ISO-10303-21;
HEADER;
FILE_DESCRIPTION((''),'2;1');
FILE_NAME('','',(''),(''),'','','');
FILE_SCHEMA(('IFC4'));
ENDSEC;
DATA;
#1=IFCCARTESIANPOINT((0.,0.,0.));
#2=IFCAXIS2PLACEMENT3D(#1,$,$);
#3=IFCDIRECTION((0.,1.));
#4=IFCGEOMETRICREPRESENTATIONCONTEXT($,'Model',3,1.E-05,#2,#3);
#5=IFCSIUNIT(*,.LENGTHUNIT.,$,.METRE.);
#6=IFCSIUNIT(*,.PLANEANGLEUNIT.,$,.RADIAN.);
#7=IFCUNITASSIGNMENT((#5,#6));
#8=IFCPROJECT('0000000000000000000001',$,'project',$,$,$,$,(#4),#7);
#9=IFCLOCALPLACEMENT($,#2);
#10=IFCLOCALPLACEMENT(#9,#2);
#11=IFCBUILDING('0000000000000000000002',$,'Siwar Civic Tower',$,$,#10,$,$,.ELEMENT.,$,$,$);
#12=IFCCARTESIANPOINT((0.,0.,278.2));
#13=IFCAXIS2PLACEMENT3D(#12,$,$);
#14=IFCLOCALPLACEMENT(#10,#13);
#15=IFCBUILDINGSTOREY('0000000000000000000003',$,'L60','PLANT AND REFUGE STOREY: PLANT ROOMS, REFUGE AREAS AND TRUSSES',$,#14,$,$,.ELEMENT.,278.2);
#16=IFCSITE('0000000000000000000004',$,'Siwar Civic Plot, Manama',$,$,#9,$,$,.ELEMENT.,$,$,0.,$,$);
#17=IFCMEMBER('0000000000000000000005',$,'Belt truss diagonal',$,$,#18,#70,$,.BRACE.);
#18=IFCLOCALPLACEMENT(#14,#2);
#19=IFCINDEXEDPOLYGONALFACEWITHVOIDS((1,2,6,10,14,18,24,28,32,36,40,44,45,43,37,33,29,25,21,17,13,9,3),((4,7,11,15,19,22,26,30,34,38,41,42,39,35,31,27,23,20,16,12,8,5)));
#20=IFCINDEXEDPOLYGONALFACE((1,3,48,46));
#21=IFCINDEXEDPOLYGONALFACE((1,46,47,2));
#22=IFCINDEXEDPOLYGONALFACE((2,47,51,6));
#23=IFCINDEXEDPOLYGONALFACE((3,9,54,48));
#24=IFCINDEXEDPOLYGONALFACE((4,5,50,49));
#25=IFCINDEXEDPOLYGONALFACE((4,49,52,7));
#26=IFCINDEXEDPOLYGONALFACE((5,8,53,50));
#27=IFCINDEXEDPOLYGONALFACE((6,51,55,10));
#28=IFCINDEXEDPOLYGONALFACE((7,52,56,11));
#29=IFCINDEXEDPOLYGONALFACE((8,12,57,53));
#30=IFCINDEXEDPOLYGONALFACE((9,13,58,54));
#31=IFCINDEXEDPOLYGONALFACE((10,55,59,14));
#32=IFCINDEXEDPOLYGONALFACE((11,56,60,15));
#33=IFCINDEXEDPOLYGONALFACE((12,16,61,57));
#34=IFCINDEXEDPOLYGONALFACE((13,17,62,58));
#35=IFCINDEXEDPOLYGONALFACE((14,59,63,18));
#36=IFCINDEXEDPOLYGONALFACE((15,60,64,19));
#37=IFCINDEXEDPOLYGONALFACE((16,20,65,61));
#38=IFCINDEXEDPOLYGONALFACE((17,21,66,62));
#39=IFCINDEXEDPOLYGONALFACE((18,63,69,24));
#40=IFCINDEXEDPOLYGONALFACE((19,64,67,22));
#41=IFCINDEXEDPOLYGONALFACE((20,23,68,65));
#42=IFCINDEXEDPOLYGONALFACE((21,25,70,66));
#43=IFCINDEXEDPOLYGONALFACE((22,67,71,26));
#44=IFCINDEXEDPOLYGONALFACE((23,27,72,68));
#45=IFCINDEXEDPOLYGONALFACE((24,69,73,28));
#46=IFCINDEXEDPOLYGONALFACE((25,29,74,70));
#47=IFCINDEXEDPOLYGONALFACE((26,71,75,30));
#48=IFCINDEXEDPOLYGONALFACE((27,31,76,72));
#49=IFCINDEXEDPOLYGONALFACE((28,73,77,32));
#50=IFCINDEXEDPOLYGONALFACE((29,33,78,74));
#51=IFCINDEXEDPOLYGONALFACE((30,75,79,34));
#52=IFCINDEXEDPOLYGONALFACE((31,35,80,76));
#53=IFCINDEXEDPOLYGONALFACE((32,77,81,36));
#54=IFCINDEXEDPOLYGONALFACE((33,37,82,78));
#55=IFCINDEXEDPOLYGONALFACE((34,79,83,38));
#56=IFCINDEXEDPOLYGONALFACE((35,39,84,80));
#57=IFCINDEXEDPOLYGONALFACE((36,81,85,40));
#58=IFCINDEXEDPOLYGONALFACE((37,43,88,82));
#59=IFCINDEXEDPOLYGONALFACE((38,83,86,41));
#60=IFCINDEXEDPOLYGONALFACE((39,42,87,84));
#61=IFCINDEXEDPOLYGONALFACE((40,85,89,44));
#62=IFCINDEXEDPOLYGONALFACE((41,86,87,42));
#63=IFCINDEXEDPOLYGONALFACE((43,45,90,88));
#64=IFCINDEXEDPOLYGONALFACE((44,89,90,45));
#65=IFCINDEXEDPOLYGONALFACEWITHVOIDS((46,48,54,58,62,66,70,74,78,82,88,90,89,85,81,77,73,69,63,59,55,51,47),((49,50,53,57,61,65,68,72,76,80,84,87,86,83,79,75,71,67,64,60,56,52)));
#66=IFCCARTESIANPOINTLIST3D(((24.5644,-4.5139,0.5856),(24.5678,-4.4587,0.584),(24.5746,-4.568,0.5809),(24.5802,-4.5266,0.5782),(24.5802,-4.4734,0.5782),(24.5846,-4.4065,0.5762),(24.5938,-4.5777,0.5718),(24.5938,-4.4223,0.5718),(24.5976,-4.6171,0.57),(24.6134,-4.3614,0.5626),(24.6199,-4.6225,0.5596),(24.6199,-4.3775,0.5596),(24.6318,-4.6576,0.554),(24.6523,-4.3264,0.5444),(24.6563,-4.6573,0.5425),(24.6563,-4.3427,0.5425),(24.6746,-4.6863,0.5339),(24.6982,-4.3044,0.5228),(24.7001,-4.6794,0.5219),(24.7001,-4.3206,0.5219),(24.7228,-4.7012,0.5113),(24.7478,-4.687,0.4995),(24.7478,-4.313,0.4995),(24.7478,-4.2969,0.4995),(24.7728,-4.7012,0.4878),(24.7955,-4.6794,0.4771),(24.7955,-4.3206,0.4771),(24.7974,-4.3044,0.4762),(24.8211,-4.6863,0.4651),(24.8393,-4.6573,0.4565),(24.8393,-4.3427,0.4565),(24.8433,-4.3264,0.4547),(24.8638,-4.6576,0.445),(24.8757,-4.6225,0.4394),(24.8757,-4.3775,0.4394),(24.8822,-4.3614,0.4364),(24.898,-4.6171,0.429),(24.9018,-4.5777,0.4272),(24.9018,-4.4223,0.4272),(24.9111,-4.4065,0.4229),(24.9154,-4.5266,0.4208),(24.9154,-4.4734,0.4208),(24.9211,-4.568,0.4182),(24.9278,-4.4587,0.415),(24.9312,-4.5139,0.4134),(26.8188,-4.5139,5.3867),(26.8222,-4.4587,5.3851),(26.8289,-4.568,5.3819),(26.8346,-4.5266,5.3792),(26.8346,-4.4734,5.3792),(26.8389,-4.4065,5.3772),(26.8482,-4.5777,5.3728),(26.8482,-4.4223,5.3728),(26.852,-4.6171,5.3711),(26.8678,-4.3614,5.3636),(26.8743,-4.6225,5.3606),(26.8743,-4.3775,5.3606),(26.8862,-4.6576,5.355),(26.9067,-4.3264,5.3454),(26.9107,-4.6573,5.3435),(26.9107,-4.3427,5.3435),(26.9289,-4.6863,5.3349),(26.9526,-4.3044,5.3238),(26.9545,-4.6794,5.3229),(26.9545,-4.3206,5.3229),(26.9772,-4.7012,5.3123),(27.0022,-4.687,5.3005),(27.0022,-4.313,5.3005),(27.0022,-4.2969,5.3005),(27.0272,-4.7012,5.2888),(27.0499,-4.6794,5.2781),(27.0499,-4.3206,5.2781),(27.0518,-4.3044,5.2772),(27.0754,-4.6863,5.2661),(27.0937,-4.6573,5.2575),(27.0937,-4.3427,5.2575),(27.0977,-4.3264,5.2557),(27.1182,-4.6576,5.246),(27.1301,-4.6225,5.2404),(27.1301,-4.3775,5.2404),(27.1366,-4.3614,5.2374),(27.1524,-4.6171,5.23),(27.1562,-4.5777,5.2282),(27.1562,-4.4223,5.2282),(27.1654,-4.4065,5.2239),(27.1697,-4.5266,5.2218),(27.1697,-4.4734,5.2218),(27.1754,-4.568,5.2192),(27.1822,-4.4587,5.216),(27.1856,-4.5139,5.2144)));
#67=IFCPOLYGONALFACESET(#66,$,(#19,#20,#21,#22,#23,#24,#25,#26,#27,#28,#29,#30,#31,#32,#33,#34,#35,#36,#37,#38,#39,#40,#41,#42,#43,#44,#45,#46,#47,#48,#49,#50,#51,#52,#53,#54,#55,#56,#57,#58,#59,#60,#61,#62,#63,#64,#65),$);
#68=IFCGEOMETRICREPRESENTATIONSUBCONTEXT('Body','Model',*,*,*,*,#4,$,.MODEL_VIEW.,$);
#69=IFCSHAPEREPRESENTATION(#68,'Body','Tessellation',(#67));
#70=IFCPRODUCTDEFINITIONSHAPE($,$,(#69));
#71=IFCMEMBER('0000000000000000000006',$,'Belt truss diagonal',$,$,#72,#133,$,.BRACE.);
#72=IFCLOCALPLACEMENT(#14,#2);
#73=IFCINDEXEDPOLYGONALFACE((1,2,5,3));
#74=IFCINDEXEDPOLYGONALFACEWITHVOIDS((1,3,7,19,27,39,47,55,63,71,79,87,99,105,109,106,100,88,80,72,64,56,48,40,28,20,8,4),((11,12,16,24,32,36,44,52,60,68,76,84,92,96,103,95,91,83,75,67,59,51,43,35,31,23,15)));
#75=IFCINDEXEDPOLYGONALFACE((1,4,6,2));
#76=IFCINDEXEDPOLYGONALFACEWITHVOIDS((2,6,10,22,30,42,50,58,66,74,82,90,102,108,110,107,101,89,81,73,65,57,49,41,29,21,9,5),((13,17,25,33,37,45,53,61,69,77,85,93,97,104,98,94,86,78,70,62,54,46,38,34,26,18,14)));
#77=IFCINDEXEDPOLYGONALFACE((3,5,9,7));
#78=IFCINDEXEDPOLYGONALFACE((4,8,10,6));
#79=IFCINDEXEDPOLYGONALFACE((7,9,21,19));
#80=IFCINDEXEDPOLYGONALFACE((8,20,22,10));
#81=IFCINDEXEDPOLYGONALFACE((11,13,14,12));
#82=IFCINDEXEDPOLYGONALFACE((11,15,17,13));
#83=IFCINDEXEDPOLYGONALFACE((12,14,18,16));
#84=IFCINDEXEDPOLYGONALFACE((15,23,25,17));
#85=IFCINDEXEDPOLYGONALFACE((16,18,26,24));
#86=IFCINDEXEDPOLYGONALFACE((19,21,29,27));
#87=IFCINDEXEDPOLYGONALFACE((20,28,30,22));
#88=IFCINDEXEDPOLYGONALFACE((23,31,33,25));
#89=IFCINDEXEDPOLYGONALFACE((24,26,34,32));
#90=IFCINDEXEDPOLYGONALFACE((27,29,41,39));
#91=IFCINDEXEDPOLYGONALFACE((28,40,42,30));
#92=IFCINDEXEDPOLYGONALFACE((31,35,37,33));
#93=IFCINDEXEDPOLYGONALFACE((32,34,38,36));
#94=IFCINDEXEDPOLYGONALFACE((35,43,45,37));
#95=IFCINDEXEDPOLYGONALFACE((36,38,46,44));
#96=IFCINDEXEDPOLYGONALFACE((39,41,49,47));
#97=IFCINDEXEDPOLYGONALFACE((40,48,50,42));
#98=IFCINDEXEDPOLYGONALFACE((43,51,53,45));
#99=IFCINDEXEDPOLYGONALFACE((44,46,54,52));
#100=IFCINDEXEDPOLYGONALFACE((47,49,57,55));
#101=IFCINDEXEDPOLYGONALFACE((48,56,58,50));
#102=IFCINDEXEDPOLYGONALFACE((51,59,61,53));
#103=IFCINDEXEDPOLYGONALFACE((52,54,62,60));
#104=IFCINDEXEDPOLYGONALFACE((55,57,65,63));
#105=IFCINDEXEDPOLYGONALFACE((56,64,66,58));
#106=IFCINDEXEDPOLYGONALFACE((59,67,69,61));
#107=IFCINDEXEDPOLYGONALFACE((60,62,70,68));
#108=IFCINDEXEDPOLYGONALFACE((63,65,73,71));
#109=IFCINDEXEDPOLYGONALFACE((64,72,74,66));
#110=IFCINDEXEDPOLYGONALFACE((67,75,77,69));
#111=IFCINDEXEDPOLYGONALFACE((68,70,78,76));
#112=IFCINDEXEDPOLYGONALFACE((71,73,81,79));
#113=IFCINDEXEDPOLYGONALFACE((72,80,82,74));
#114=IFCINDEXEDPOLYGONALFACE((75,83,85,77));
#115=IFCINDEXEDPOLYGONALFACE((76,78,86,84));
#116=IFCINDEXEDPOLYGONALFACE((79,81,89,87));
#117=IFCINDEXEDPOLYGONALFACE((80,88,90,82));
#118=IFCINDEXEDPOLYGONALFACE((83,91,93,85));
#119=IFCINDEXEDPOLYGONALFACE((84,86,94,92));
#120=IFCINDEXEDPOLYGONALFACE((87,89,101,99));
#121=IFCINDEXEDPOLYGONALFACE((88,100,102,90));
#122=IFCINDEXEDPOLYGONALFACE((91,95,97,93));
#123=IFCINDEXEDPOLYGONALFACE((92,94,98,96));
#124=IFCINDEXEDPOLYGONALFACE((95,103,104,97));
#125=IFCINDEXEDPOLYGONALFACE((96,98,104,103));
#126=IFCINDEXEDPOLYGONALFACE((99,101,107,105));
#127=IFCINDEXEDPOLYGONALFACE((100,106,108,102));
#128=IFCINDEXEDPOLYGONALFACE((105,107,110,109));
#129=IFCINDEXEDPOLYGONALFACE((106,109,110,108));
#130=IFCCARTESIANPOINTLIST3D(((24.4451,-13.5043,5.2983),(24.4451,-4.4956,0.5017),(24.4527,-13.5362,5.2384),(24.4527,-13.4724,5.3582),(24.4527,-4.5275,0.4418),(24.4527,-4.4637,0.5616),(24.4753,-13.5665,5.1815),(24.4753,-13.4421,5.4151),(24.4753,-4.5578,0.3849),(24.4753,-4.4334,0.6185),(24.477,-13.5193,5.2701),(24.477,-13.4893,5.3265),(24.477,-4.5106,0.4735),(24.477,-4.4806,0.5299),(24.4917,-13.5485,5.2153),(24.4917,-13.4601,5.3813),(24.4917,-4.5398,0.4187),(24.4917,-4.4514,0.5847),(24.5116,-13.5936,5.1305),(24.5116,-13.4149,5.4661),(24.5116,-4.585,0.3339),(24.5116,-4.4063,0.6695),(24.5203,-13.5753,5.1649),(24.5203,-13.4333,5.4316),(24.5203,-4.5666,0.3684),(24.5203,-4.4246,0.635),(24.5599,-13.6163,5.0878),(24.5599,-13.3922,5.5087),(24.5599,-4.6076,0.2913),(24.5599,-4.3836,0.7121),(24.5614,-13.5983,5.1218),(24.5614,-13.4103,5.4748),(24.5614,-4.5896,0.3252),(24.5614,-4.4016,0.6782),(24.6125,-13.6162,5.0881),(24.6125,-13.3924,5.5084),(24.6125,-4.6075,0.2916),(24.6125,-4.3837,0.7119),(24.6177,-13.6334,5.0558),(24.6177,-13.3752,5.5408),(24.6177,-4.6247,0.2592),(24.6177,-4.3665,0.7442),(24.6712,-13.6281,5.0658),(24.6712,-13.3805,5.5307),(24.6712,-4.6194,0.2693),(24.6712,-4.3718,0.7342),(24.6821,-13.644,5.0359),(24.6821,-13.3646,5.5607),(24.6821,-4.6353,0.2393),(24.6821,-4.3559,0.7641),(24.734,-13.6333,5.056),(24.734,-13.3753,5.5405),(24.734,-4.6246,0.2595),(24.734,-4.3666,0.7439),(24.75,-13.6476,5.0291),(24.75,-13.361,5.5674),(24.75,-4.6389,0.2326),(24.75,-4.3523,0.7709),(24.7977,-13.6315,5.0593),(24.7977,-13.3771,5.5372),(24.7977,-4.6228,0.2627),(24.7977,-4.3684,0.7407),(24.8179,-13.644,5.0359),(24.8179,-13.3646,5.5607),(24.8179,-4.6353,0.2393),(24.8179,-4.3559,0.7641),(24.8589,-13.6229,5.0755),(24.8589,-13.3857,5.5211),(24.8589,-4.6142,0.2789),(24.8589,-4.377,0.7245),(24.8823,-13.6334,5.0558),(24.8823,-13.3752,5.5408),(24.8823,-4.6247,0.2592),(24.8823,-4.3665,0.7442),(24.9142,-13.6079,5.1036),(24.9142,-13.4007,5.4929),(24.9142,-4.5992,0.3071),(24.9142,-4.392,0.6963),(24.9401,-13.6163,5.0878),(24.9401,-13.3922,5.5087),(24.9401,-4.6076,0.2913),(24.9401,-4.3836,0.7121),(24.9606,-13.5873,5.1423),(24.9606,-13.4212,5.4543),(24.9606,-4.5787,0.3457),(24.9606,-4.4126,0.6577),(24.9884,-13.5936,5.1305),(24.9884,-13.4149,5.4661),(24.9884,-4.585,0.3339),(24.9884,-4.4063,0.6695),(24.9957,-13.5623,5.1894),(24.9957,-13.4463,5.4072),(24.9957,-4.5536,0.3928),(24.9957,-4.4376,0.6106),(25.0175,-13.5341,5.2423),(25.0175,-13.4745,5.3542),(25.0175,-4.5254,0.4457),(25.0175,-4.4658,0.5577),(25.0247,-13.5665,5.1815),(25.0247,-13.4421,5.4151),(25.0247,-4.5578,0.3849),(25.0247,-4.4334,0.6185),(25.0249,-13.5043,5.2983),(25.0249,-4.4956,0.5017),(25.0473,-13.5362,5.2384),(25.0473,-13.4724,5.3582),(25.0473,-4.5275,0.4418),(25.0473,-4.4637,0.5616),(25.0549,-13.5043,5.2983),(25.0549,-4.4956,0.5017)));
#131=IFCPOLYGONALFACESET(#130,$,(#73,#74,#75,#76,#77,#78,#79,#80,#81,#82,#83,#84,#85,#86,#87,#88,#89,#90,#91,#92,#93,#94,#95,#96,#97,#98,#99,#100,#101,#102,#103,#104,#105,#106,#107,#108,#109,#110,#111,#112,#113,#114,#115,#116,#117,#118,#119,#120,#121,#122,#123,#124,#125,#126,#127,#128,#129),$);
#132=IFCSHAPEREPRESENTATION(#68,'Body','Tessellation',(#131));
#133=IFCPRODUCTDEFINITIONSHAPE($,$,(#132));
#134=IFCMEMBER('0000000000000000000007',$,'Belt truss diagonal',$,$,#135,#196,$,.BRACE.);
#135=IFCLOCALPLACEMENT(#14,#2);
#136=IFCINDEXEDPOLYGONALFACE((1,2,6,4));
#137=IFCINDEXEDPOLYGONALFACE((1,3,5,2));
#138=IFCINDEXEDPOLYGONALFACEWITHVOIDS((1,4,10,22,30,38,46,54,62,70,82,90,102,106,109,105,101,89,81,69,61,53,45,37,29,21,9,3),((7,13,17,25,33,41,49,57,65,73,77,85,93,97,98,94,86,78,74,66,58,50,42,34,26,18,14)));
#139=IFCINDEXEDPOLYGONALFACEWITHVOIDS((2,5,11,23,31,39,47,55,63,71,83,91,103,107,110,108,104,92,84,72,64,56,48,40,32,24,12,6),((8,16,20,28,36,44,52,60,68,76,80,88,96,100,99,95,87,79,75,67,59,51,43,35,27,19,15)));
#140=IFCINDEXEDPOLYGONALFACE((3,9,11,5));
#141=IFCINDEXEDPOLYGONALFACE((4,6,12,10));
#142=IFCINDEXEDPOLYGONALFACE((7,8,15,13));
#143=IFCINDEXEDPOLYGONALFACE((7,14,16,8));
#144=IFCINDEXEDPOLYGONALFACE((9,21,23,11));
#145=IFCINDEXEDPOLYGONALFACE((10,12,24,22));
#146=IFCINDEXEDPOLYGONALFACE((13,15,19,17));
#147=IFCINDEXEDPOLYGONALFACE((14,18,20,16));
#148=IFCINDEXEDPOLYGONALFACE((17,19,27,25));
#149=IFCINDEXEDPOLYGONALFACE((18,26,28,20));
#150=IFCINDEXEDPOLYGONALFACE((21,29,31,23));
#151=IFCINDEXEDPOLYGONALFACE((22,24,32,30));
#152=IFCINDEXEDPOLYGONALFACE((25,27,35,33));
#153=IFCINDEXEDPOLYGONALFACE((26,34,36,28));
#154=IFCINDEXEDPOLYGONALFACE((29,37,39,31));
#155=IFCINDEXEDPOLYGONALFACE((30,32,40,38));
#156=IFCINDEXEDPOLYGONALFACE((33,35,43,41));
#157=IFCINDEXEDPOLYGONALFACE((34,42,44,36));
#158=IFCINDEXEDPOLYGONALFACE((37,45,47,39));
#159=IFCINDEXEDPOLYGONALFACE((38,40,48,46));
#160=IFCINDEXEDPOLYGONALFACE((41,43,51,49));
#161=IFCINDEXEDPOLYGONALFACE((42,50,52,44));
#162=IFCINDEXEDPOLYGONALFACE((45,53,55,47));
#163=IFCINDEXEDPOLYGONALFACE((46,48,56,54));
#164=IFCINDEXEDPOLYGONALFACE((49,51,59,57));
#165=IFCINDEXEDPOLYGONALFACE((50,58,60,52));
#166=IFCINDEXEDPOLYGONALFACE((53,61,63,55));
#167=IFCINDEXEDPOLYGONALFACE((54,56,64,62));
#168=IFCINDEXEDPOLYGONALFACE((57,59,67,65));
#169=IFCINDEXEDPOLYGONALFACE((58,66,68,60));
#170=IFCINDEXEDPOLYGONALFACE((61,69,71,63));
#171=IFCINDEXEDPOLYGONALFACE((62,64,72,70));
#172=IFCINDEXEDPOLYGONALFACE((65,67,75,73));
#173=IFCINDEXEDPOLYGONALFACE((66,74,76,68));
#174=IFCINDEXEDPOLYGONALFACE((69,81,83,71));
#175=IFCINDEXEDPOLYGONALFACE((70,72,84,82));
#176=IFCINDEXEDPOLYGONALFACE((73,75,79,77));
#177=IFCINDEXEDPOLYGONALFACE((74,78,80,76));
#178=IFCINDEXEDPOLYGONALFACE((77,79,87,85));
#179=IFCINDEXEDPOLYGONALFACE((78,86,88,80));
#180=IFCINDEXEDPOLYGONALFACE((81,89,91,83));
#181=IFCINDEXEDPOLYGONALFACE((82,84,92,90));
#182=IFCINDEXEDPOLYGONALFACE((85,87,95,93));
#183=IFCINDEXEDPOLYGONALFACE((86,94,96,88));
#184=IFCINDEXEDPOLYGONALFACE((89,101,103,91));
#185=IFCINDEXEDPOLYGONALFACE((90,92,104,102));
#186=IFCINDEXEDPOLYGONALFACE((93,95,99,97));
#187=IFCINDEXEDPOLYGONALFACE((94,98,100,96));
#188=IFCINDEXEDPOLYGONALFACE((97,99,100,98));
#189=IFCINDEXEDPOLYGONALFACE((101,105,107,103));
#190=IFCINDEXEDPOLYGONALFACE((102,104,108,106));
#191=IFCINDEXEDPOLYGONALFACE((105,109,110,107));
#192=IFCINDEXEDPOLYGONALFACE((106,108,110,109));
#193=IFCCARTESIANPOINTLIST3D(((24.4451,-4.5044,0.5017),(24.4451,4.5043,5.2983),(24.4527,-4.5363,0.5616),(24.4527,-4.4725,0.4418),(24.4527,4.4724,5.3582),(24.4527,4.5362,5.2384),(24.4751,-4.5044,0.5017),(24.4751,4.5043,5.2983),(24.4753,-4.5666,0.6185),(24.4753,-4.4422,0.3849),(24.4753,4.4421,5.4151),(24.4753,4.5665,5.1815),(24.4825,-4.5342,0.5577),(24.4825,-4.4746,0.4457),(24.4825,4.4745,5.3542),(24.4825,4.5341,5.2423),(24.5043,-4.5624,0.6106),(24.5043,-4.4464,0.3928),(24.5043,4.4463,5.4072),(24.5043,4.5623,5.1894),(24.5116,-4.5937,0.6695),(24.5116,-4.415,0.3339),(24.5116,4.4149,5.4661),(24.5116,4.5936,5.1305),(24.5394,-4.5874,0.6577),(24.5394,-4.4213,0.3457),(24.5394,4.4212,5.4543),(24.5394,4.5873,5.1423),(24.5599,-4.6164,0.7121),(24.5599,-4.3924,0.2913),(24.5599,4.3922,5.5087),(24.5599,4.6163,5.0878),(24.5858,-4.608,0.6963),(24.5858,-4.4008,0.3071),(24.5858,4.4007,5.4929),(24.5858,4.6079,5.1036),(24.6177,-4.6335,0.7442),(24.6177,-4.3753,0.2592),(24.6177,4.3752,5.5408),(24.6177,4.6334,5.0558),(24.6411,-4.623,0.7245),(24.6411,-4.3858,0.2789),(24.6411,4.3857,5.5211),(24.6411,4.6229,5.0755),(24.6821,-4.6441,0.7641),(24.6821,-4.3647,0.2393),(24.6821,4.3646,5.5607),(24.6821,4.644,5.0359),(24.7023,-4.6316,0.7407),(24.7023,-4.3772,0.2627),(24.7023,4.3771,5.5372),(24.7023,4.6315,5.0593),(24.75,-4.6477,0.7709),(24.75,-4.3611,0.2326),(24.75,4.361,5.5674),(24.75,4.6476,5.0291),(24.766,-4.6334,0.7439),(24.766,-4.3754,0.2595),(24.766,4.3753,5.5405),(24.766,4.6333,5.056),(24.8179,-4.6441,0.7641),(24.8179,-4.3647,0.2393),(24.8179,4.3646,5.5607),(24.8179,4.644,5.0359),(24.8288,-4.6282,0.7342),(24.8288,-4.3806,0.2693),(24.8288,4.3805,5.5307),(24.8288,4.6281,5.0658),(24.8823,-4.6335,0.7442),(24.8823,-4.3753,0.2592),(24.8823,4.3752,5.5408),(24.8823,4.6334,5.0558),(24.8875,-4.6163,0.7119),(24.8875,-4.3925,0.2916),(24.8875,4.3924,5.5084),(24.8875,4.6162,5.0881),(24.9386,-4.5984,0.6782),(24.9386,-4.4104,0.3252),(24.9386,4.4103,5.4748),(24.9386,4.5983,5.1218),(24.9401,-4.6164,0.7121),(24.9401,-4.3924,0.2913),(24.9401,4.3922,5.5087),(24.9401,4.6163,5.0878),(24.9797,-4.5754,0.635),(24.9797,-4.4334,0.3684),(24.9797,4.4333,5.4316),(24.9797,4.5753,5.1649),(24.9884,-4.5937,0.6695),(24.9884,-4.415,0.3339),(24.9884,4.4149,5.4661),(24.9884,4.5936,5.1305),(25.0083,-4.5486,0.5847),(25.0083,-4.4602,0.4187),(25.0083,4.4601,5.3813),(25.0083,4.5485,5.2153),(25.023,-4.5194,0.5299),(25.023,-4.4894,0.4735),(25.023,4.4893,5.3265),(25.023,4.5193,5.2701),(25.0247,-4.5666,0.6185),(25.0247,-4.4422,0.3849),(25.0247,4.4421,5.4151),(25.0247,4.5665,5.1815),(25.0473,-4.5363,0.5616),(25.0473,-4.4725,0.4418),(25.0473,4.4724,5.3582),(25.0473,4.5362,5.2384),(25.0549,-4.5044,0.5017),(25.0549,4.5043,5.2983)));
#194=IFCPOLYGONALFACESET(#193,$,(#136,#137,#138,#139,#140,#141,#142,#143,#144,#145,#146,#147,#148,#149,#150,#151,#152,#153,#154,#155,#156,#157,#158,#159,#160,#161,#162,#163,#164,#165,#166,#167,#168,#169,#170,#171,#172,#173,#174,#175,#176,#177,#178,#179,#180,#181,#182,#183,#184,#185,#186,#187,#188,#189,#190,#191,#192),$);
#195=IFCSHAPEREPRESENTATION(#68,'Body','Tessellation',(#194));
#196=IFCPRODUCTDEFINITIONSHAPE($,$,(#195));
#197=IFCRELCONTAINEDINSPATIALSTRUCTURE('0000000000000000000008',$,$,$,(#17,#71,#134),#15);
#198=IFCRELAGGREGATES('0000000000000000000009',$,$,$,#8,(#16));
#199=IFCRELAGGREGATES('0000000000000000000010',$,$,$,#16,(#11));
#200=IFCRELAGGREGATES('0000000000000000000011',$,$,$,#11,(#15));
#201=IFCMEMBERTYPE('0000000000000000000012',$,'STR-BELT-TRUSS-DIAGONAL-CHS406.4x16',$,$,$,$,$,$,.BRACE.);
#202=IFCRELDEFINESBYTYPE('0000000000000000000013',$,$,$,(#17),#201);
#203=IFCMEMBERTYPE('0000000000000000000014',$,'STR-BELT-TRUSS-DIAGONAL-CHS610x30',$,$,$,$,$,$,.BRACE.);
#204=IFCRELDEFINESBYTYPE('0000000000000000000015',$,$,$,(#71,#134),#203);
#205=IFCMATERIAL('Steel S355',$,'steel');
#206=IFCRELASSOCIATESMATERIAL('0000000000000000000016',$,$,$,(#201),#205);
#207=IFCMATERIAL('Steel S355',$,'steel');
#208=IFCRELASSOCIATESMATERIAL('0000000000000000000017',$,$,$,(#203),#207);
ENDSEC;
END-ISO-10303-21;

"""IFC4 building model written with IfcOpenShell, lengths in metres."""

from ifc_helpers import new_model, si_unit, direction, frame, origin, origin_2d, place, context, subcontext, project, spatial, hollow_circle, extrude, material, material_profile, profile_set, type_object, element, save


model = new_model("IFC4")

# Units and contexts
model_context = context("Model", 3, precision=1e-05, world=origin(), true_north=direction((0.0, 1.0)))
body_context = subcontext(model_context, "Body", "Model", "MODEL_VIEW")
ifc_project = project(units=[si_unit("LENGTHUNIT", "METRE"), si_unit("PLANEANGLEUNIT", "RADIAN")], contexts=[model_context])

# Site, building, storey
site_placement = place(None, origin())
site = spatial("IfcSite", under=ifc_project, at=site_placement, Name="Siwar Civic Plot, Manama", CompositionType="ELEMENT", RefElevation=0.0)
building_placement = place(site_placement, origin())
building = spatial("IfcBuilding", under=site, at=building_placement, Name="Siwar Civic Tower", CompositionType="ELEMENT")
storey_placement = place(building_placement, frame((0.0, 0.0, 278.2)))
storey = spatial("IfcBuildingStorey", under=building, at=storey_placement, Name="L60", Description="PLANT AND REFUGE STOREY: PLANT ROOMS, REFUGE AREAS AND TRUSSES", CompositionType="ELEMENT", Elevation=278.2)

# Members
ifc_material_1 = material(Name="Steel S355", Category="steel")
ifc_material_profile_1 = material_profile(ifc_material_1, hollow_circle(Radius=0.2031, WallThickness=0.0161, at=origin_2d()), Name="CHS406.4x16")
ifc_profile_set_1 = profile_set([ifc_material_profile_1], Name="Steel S355")
member_type_1 = type_object("IfcMemberType", Name="STR-BELT-TRUSS-DIAGONAL-CHS406.4x16", PredefinedType="BRACE", material=ifc_profile_set_1)
member_1_placement = place(storey_placement, frame((24.7478, -4.5, 0.4995), z_axis=(0.425039, 0.0, 0.905175), x_axis=(0.0, 1.0, 0.0)))
element("IfcMember", 1, at=member_1_placement, inside=storey, type_object=member_type_1, Name="Belt truss diagonal", PredefinedType="BRACE", context=body_context, shape_type="SweptSolid", body=[
    extrude(hollow_circle(Radius=0.2031, WallThickness=0.0161, at=origin_2d()), origin(), (0.0, 0.0, 1.0), 5.304),
])
ifc_material_2 = material(Name="Steel S355", Category="steel")
ifc_material_profile_2 = material_profile(ifc_material_2, hollow_circle(Radius=0.3049, WallThickness=0.03, at=origin_2d()), Name="CHS610x30")
ifc_profile_set_2 = profile_set([ifc_material_profile_2], Name="Steel S355")
member_type_2 = type_object("IfcMemberType", Name="STR-BELT-TRUSS-DIAGONAL-CHS610x30", PredefinedType="BRACE", material=ifc_profile_set_2)
for number, where, z_axis, x_axis, name in (
    (2, (24.75, -4.4956, 0.5017), (0.0, -0.882681, 0.469974), (1.0, 0.0, 0.0), "Belt truss diagonal"),
    (3, (24.75, -4.5044, 0.5017), (0.0, 0.882681, 0.469974), (-1.0, 0.0, 0.0), "Belt truss diagonal"),
):
    element("IfcMember", number, at=place(storey_placement, frame(where, z_axis=z_axis, x_axis=x_axis)), inside=storey, type_object=member_type_2, Name=name, PredefinedType="BRACE", context=body_context, shape_type="SweptSolid", body=[
        extrude(hollow_circle(Radius=0.3049, WallThickness=0.03, at=origin_2d()), origin(), (0.0, 0.0, 1.0), 10.2061),
    ])

save(model, "model.ifc")
